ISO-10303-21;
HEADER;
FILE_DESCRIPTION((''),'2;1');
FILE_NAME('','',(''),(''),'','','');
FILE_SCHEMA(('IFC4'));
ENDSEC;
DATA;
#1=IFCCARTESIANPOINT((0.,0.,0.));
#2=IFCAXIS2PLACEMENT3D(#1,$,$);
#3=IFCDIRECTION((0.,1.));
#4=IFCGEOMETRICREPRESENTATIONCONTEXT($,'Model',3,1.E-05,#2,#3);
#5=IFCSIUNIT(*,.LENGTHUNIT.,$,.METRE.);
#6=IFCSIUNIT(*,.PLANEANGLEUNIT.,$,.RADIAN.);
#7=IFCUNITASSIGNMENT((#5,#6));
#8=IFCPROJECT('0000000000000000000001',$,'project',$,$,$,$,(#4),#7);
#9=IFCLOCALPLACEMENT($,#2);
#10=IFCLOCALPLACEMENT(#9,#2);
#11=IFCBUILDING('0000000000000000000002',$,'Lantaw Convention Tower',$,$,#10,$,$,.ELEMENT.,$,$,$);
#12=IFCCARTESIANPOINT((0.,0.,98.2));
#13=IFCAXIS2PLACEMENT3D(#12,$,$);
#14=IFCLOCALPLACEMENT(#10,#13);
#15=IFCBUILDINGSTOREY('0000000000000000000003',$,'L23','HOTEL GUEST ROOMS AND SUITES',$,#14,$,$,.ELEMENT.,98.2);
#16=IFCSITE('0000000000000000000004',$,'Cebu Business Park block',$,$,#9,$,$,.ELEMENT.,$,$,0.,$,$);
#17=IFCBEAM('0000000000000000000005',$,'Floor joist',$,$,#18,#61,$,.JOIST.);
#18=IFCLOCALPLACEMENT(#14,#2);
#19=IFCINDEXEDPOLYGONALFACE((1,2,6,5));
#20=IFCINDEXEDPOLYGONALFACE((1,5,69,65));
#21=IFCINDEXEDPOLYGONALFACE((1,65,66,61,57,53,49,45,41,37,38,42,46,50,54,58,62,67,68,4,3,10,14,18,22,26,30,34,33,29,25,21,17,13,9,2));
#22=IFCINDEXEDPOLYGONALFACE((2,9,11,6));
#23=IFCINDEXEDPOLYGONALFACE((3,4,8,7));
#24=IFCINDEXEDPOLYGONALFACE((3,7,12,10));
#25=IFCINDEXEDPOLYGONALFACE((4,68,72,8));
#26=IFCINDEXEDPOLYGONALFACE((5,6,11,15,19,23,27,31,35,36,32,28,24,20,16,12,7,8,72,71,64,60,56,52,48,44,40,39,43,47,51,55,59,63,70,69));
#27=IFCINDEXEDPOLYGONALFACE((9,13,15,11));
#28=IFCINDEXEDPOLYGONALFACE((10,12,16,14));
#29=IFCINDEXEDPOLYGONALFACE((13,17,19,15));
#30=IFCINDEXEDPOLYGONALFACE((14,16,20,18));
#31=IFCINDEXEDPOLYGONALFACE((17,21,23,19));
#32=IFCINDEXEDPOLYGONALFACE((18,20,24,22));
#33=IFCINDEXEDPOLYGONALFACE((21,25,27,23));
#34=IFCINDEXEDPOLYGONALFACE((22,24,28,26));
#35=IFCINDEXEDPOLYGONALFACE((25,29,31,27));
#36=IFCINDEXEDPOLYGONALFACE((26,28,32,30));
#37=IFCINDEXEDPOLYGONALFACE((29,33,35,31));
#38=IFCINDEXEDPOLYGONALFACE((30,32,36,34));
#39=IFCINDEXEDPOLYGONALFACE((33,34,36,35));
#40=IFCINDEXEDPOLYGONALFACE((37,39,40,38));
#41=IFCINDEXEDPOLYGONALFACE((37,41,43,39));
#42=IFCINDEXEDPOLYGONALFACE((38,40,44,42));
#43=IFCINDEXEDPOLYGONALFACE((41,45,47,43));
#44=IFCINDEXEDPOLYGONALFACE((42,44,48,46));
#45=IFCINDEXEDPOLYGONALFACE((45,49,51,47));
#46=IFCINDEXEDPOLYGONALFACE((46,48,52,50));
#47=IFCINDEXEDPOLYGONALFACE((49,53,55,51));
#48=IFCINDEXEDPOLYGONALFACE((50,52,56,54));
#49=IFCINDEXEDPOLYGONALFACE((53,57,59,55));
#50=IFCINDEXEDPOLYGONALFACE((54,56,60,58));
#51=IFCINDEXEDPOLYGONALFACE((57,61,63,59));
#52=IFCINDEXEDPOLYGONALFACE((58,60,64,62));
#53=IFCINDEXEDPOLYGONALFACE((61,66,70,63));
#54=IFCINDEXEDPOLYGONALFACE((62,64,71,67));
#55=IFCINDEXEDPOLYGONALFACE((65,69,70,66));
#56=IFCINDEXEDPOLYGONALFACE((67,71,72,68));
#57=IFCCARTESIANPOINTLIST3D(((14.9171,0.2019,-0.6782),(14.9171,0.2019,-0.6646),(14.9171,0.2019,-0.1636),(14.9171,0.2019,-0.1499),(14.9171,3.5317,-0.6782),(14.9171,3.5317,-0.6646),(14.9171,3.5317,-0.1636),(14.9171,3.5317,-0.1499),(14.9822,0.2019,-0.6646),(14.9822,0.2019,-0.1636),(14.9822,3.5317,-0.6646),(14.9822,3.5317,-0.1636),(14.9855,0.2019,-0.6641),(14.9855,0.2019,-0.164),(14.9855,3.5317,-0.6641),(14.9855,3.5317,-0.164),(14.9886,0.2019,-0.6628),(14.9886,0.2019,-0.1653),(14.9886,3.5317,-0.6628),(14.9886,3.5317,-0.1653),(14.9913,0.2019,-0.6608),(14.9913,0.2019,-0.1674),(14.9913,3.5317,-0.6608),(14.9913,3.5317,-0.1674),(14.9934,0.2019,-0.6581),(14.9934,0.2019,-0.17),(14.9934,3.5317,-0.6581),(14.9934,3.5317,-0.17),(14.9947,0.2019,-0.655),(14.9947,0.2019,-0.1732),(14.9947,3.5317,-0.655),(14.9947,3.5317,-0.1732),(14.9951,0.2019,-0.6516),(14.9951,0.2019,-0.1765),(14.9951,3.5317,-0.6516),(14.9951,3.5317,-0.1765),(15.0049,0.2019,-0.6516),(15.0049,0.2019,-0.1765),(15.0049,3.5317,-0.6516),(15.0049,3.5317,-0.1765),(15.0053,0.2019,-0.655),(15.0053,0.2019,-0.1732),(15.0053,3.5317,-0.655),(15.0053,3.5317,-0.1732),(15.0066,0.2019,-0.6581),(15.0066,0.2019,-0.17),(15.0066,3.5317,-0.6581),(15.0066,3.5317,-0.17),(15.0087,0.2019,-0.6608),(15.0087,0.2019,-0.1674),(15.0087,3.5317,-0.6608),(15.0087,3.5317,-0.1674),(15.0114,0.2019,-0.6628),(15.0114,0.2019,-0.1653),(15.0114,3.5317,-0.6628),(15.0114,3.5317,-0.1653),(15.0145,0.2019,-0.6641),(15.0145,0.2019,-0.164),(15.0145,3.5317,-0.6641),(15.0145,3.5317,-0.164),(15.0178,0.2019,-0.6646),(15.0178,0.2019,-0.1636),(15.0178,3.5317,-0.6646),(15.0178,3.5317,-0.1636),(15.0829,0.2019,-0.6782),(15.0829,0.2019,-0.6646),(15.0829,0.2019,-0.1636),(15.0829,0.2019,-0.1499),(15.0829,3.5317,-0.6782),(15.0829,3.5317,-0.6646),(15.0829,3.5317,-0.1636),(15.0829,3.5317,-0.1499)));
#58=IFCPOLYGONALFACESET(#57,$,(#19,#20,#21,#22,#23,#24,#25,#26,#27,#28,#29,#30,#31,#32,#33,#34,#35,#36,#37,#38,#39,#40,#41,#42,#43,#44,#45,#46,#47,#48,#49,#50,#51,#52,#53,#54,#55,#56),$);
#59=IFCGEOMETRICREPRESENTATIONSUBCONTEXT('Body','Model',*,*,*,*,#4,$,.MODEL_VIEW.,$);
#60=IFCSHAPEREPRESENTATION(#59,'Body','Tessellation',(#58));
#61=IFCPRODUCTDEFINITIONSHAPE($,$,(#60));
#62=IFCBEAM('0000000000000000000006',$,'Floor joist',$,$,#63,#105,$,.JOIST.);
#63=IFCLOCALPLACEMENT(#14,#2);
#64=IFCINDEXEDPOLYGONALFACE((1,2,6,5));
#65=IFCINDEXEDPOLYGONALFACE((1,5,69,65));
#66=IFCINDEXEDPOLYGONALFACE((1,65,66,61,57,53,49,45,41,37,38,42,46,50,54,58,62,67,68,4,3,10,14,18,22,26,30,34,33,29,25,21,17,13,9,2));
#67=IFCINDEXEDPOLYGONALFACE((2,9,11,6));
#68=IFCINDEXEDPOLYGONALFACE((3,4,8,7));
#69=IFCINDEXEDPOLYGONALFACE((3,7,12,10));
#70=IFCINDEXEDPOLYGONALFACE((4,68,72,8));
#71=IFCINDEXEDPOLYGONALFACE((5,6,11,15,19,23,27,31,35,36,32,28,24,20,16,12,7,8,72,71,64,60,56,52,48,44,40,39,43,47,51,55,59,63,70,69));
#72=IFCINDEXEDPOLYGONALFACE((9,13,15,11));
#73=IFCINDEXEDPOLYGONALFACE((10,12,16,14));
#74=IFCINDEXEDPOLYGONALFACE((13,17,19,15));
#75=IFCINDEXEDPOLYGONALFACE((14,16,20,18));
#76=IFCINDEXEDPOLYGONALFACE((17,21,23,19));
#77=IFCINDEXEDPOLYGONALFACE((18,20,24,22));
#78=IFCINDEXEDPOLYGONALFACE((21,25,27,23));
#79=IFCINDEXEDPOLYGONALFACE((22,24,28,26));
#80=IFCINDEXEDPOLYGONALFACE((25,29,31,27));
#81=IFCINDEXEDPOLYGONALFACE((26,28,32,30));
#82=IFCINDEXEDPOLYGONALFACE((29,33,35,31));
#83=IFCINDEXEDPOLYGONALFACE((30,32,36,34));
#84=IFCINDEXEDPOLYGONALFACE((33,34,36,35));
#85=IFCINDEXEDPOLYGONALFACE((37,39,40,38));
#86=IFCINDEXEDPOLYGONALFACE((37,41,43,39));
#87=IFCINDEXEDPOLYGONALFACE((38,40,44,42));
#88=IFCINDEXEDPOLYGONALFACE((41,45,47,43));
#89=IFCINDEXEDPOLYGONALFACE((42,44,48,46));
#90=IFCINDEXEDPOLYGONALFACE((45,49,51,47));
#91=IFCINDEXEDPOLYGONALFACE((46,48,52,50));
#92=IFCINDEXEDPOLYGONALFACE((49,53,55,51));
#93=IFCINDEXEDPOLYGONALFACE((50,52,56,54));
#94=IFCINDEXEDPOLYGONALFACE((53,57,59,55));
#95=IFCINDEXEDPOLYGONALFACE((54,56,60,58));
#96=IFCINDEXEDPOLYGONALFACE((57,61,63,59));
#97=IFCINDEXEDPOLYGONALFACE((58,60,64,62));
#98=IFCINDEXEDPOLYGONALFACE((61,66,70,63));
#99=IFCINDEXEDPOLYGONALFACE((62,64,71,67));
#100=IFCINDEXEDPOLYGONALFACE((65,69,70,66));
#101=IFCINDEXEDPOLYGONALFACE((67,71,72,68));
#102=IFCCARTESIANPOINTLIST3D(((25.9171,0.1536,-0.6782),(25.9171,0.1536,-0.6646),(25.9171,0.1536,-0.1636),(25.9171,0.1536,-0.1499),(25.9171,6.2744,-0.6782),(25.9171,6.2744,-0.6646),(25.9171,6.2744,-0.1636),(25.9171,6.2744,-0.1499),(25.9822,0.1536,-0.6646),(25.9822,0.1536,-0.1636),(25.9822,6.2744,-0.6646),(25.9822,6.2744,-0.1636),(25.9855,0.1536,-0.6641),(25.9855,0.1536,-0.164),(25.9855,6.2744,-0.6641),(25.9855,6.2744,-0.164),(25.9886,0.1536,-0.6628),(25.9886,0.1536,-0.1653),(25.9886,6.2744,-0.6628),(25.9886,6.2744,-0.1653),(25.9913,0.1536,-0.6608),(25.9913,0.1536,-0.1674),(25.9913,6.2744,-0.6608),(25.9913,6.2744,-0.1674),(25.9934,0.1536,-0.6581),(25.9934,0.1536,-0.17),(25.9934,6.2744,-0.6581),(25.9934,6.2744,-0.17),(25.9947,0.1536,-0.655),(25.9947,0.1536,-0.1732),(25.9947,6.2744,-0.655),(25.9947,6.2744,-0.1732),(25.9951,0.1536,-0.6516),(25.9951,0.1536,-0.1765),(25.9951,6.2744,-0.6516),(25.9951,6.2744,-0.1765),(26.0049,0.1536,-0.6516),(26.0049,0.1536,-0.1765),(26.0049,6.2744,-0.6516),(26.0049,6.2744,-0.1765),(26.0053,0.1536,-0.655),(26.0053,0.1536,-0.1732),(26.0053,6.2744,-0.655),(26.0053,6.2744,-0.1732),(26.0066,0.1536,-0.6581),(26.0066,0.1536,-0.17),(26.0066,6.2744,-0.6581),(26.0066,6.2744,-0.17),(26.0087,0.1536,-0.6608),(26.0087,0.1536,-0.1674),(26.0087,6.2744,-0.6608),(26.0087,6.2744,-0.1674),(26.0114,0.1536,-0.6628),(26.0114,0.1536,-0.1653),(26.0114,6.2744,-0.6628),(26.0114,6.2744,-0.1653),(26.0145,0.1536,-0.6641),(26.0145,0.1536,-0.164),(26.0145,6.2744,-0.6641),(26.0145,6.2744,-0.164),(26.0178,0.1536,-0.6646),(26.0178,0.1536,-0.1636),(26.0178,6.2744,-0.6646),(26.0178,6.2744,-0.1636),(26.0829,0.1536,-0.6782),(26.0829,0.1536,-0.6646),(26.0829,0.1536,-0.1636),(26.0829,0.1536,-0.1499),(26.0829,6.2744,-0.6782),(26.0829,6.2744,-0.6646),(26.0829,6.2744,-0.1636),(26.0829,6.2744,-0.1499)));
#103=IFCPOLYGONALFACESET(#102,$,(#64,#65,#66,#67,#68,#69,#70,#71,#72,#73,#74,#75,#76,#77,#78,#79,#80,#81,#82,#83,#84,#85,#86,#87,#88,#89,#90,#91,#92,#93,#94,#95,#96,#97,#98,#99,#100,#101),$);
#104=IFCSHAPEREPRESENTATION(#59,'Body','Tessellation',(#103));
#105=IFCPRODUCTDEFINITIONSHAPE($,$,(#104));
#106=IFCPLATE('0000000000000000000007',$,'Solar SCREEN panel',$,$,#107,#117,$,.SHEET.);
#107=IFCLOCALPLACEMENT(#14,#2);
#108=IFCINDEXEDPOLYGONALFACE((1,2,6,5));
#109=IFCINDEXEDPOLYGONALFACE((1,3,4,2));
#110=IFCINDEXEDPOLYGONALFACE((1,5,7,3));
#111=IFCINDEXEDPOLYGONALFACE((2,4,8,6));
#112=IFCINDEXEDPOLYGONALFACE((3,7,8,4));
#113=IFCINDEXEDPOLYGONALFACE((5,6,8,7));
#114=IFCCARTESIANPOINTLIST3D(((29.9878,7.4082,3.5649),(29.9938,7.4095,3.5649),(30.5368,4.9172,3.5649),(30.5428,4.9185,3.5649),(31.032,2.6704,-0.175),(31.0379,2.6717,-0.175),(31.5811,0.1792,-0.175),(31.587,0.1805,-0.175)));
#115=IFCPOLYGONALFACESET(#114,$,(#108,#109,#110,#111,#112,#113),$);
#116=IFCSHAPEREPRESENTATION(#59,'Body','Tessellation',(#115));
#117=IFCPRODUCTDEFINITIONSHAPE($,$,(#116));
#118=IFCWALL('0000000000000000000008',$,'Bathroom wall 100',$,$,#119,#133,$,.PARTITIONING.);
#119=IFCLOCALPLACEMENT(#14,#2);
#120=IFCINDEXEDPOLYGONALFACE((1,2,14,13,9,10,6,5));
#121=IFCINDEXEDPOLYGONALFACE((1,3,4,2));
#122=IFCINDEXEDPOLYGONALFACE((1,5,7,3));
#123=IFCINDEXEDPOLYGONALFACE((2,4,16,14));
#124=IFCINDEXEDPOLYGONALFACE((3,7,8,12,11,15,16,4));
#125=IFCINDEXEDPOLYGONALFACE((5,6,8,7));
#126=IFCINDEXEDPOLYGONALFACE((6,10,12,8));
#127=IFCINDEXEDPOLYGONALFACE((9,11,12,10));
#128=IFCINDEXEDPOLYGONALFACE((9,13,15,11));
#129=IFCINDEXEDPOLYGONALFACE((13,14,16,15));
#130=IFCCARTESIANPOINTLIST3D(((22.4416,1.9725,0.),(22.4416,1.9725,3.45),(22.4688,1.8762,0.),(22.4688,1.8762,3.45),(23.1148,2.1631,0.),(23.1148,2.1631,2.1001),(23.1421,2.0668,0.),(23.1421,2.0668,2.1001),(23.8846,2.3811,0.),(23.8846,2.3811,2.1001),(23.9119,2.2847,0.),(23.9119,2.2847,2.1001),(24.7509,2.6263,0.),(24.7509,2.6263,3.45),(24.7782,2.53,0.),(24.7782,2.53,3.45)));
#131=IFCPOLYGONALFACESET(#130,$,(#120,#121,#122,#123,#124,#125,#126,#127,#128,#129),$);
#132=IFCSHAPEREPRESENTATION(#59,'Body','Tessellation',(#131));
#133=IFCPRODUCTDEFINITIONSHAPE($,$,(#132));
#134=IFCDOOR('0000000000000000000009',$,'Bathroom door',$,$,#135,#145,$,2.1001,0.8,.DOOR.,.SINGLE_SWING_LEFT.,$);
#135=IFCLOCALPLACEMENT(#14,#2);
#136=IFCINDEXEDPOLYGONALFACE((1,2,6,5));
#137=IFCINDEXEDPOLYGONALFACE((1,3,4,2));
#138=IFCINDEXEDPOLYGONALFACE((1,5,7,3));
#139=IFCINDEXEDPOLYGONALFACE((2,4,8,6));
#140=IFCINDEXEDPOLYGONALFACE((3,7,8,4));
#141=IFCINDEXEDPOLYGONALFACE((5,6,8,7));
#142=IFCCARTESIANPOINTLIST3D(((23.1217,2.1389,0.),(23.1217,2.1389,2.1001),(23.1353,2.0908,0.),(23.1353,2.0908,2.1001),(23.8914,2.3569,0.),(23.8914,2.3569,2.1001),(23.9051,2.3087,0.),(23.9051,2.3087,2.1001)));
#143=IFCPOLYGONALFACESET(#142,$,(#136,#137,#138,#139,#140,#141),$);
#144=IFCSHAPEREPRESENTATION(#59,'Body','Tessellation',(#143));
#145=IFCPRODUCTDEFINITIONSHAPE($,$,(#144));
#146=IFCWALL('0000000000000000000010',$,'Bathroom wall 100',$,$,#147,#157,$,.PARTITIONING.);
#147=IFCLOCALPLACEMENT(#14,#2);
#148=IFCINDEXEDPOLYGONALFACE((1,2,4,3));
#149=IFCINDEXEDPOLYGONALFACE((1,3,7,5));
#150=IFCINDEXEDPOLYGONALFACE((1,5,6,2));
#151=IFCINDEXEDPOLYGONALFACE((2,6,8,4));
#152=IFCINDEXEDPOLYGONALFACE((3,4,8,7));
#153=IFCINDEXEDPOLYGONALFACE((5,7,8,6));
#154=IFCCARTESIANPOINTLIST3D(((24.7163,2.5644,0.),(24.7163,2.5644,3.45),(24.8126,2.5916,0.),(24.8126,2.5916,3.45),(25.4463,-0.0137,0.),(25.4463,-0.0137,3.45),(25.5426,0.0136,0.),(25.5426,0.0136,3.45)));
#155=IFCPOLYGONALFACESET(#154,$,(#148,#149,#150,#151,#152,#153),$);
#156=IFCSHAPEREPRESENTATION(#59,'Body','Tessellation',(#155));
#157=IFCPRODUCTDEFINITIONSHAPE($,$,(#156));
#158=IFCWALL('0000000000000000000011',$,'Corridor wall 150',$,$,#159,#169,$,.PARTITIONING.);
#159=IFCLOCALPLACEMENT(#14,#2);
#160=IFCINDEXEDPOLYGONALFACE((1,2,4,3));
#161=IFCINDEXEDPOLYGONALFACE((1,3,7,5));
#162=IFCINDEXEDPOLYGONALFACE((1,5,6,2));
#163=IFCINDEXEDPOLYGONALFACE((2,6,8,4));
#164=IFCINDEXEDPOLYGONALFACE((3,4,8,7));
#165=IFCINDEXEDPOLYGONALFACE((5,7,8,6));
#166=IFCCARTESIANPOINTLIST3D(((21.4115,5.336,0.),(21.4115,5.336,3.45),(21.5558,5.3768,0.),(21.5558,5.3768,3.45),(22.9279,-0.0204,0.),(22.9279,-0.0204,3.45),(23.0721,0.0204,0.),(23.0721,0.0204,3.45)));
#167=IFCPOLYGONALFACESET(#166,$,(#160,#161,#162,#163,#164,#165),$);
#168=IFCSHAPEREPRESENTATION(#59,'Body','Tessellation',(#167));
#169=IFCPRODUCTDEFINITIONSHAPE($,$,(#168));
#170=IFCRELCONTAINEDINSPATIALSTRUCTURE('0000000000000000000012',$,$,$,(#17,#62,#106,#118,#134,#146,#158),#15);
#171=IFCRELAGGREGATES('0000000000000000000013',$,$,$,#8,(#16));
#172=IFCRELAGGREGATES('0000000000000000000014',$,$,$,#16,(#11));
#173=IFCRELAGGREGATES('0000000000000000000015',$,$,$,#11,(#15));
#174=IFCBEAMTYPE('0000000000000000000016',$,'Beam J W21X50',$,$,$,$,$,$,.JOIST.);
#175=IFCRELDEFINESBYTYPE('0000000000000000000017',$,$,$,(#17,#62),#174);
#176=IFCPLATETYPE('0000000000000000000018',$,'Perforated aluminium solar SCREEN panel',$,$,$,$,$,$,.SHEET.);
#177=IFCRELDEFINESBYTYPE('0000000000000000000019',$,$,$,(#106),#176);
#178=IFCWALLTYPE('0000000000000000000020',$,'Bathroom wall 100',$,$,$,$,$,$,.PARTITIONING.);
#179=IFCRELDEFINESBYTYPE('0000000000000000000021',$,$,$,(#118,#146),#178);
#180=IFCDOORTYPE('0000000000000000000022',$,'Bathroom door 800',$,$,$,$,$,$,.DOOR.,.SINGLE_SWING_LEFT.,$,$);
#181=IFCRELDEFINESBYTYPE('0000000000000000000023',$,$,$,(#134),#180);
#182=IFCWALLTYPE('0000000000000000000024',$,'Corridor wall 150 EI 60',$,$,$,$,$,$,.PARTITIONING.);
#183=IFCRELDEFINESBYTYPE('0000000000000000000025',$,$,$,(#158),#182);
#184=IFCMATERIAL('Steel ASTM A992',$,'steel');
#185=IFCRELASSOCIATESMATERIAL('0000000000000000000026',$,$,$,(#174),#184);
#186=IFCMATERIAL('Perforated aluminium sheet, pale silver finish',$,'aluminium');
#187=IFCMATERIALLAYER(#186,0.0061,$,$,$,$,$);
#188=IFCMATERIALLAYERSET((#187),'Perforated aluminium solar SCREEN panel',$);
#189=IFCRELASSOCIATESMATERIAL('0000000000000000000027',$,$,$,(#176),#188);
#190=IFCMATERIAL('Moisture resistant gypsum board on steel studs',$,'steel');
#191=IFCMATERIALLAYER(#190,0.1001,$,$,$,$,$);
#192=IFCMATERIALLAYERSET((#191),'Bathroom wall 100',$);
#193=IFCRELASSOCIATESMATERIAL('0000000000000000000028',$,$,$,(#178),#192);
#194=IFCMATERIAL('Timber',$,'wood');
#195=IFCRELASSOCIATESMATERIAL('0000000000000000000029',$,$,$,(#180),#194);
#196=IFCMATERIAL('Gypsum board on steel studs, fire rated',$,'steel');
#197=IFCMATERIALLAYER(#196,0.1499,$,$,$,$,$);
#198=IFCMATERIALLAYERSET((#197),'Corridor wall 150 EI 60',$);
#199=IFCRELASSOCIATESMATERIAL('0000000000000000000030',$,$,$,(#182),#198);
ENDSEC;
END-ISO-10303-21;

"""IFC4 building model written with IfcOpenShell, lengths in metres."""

from ifc_helpers import new_model, si_unit, direction, frame, frame_2d, origin, origin_2d, place, context, subcontext, project, spatial, polyline, rectangle, i_section, outline, extrude, material, layer, layer_set, material_profile, profile_set, type_object, element, fill, save


model = new_model("IFC4")

# Units and contexts
model_context = context("Model", 3, precision=1e-05, world=origin(), true_north=direction((0.0, 1.0)))
body_context = subcontext(model_context, "Body", "Model", "MODEL_VIEW")
ifc_project = project(units=[si_unit("LENGTHUNIT", "METRE"), si_unit("PLANEANGLEUNIT", "RADIAN")], contexts=[model_context])

# Site, building, storey
site_placement = place(None, origin())
site = spatial("IfcSite", under=ifc_project, at=site_placement, Name="Cebu Business Park block", CompositionType="ELEMENT", RefElevation=0.0)
building_placement = place(site_placement, origin())
building = spatial("IfcBuilding", under=site, at=building_placement, Name="Lantaw Convention Tower", CompositionType="ELEMENT")
storey_placement = place(building_placement, frame((0.0, 0.0, 98.2)))
storey = spatial("IfcBuildingStorey", under=building, at=storey_placement, Name="L23", Description="HOTEL GUEST ROOMS AND SUITES", CompositionType="ELEMENT", Elevation=98.2)

# Beams
ifc_material_1 = material(Name="Steel ASTM A992", Category="steel")
ifc_material_profile_1 = material_profile(ifc_material_1, i_section(OverallWidth=0.1658, OverallDepth=0.5283, WebThickness=0.0098, FlangeThickness=0.0137, FilletRadius=0.0129, at=origin_2d()), Name="W21X50")
ifc_profile_set_1 = profile_set([ifc_material_profile_1], Name="Steel ASTM A992")
beam_type_1 = type_object("IfcBeamType", Name="Beam J W21X50", PredefinedType="JOIST", material=ifc_profile_set_1)
beam_1_placement = place(storey_placement, frame((15.0, 0.2019, -0.4141), z_axis=(0.0, 1.0, 0.0), x_axis=(-1.0, 0.0, 0.0)))
element("IfcBeam", 1, at=beam_1_placement, inside=storey, type_object=beam_type_1, Name="Floor joist", PredefinedType="JOIST", context=body_context, shape_type="SweptSolid", body=[
    extrude(i_section(OverallWidth=0.1658, OverallDepth=0.5283, WebThickness=0.0098, FlangeThickness=0.0137, FilletRadius=0.0129, at=origin_2d()), origin(), (0.0, 0.0, 1.0), 3.3298),
])
beam_2_placement = place(storey_placement, frame((26.0, 0.1536, -0.4141), z_axis=(0.0, 1.0, 0.0), x_axis=(-1.0, 0.0, 0.0)))
element("IfcBeam", 2, at=beam_2_placement, inside=storey, type_object=beam_type_1, Name="Floor joist", PredefinedType="JOIST", context=body_context, shape_type="SweptSolid", body=[
    extrude(i_section(OverallWidth=0.1658, OverallDepth=0.5283, WebThickness=0.0098, FlangeThickness=0.0137, FilletRadius=0.0129, at=origin_2d()), origin(), (0.0, 0.0, 1.0), 6.1208),
])

# Plate
ifc_material_2 = material(Name="Perforated aluminium sheet, pale silver finish", Category="aluminium")
ifc_layer_1 = layer(ifc_material_2, 0.0061)
ifc_layer_set_1 = layer_set([ifc_layer_1], Name="Perforated aluminium solar SCREEN panel")
plate_type = type_object("IfcPlateType", Name="Perforated aluminium solar SCREEN panel", PredefinedType="SHEET", material=ifc_layer_set_1)
plate_placement = place(storey_placement, frame((31.5811, 0.1792, -0.175), z_axis=(-0.976559, -0.215248, 0.00003), x_axis=(-0.215248, 0.976559, 0.0)))
element("IfcPlate", 3, at=plate_placement, inside=storey, type_object=plate_type, Name="Solar SCREEN panel", PredefinedType="SHEET", context=body_context, shape_type="SweptSolid", body=[
    extrude(outline(polyline([(0.0, 0.0), (2.551, 0.0), (7.4025, -3.74), (4.8517, -3.74), (0.0, 0.0)])), origin(), (0.0, 0.0, -1.0), 0.0061),
])

# Wall, opening, door
ifc_material_3 = material(Name="Moisture resistant gypsum board on steel studs", Category="steel")
ifc_layer_2 = layer(ifc_material_3, 0.1001)
ifc_layer_set_2 = layer_set([ifc_layer_2], Name="Bathroom wall 100")
wall_type_1 = type_object("IfcWallType", Name="Bathroom wall 100", PredefinedType="PARTITIONING", material=ifc_layer_set_2)
wall_1_placement = place(storey_placement, frame((22.4551, 1.9243, 0.0), z_axis=(0.0, 0.0, 1.0), x_axis=(0.962181, 0.27241, 0.0)))
wall_1 = element("IfcWall", 4, at=wall_1_placement, inside=storey, type_object=wall_type_1, Name="Bathroom wall 100", PredefinedType="PARTITIONING", context=body_context, shape_type="SweptSolid", body=[
    extrude(rectangle(XDim=2.4001, YDim=0.1001, at=frame_2d((1.2002, 0.0))), origin(), (0.0, 0.0, 1.0), 3.45),
])
opening_1_placement = place(wall_1_placement, frame((0.7, 0.0, 0.0)))
opening_1 = element("IfcOpeningElement", 5, at=opening_1_placement, cuts=wall_1, PredefinedType="OPENING", context=body_context, shape_type="SweptSolid", body=[
    extrude(rectangle(XDim=0.8, YDim=2.1001, at=frame_2d((0.3999, 1.05))), frame((0.0, 0.0601, 0.0), z_axis=(0.0, -1.0, 0.0), x_axis=(1.0, 0.0, 0.0)), (0.0, 0.0, 1.0), 0.1201),
])
ifc_material_4 = material(Name="Timber", Category="wood")
door_type_1 = type_object("IfcDoorType", Name="Bathroom door 800", OperationType="SINGLE_SWING_LEFT", PredefinedType="DOOR", material=ifc_material_4)
door_1_placement = place(opening_1_placement, origin())
door_1 = element("IfcDoor", 6, at=door_1_placement, inside=storey, type_object=door_type_1, Name="Bathroom door", OperationType="SINGLE_SWING_LEFT", OverallHeight=2.1001, OverallWidth=0.8, PredefinedType="DOOR", context=body_context, shape_type="SweptSolid", body=[
    extrude(rectangle(XDim=0.8, YDim=2.1001, at=frame_2d((0.3999, 1.05))), frame((0.0, 0.0249, 0.0), z_axis=(0.0, -1.0, 0.0), x_axis=(1.0, 0.0, 0.0)), (0.0, 0.0, 1.0), 0.05),
])
fill(opening_1, door_1)

# Walls
wall_2_placement = place(storey_placement, frame((24.7644, 2.5781, 0.0), z_axis=(0.0, 0.0, 1.0), x_axis=(0.272434, -0.962175, 0.0)))
element("IfcWall", 7, at=wall_2_placement, inside=storey, type_object=wall_type_1, Name="Bathroom wall 100", PredefinedType="PARTITIONING", context=body_context, shape_type="SweptSolid", body=[
    extrude(rectangle(XDim=2.6794, YDim=0.1001, at=frame_2d((1.3398, 0.0))), origin(), (0.0, 0.0, 1.0), 3.45),
])
ifc_material_5 = material(Name="Gypsum board on steel studs, fire rated", Category="steel")
ifc_layer_3 = layer(ifc_material_5, 0.1499)
ifc_layer_set_3 = layer_set([ifc_layer_3], Name="Corridor wall 150 EI 60")
wall_type_2 = type_object("IfcWallType", Name="Corridor wall 150 EI 60", PredefinedType="PARTITIONING", material=ifc_layer_set_3)
wall_3_placement = place(storey_placement, frame((23.0, 0.0, 0.0), z_axis=(0.0, 0.0, 1.0), x_axis=(-0.272386, 0.962188, 0.0)))
element("IfcWall", 8, at=wall_3_placement, inside=storey, type_object=wall_type_2, Name="Corridor wall 150", PredefinedType="PARTITIONING", context=body_context, shape_type="SweptSolid", body=[
    extrude(rectangle(XDim=5.5669, YDim=0.1499, at=frame_2d((2.7834, 0.0))), origin(), (0.0, 0.0, 1.0), 3.45),
])

save(model, "model.ifc")
